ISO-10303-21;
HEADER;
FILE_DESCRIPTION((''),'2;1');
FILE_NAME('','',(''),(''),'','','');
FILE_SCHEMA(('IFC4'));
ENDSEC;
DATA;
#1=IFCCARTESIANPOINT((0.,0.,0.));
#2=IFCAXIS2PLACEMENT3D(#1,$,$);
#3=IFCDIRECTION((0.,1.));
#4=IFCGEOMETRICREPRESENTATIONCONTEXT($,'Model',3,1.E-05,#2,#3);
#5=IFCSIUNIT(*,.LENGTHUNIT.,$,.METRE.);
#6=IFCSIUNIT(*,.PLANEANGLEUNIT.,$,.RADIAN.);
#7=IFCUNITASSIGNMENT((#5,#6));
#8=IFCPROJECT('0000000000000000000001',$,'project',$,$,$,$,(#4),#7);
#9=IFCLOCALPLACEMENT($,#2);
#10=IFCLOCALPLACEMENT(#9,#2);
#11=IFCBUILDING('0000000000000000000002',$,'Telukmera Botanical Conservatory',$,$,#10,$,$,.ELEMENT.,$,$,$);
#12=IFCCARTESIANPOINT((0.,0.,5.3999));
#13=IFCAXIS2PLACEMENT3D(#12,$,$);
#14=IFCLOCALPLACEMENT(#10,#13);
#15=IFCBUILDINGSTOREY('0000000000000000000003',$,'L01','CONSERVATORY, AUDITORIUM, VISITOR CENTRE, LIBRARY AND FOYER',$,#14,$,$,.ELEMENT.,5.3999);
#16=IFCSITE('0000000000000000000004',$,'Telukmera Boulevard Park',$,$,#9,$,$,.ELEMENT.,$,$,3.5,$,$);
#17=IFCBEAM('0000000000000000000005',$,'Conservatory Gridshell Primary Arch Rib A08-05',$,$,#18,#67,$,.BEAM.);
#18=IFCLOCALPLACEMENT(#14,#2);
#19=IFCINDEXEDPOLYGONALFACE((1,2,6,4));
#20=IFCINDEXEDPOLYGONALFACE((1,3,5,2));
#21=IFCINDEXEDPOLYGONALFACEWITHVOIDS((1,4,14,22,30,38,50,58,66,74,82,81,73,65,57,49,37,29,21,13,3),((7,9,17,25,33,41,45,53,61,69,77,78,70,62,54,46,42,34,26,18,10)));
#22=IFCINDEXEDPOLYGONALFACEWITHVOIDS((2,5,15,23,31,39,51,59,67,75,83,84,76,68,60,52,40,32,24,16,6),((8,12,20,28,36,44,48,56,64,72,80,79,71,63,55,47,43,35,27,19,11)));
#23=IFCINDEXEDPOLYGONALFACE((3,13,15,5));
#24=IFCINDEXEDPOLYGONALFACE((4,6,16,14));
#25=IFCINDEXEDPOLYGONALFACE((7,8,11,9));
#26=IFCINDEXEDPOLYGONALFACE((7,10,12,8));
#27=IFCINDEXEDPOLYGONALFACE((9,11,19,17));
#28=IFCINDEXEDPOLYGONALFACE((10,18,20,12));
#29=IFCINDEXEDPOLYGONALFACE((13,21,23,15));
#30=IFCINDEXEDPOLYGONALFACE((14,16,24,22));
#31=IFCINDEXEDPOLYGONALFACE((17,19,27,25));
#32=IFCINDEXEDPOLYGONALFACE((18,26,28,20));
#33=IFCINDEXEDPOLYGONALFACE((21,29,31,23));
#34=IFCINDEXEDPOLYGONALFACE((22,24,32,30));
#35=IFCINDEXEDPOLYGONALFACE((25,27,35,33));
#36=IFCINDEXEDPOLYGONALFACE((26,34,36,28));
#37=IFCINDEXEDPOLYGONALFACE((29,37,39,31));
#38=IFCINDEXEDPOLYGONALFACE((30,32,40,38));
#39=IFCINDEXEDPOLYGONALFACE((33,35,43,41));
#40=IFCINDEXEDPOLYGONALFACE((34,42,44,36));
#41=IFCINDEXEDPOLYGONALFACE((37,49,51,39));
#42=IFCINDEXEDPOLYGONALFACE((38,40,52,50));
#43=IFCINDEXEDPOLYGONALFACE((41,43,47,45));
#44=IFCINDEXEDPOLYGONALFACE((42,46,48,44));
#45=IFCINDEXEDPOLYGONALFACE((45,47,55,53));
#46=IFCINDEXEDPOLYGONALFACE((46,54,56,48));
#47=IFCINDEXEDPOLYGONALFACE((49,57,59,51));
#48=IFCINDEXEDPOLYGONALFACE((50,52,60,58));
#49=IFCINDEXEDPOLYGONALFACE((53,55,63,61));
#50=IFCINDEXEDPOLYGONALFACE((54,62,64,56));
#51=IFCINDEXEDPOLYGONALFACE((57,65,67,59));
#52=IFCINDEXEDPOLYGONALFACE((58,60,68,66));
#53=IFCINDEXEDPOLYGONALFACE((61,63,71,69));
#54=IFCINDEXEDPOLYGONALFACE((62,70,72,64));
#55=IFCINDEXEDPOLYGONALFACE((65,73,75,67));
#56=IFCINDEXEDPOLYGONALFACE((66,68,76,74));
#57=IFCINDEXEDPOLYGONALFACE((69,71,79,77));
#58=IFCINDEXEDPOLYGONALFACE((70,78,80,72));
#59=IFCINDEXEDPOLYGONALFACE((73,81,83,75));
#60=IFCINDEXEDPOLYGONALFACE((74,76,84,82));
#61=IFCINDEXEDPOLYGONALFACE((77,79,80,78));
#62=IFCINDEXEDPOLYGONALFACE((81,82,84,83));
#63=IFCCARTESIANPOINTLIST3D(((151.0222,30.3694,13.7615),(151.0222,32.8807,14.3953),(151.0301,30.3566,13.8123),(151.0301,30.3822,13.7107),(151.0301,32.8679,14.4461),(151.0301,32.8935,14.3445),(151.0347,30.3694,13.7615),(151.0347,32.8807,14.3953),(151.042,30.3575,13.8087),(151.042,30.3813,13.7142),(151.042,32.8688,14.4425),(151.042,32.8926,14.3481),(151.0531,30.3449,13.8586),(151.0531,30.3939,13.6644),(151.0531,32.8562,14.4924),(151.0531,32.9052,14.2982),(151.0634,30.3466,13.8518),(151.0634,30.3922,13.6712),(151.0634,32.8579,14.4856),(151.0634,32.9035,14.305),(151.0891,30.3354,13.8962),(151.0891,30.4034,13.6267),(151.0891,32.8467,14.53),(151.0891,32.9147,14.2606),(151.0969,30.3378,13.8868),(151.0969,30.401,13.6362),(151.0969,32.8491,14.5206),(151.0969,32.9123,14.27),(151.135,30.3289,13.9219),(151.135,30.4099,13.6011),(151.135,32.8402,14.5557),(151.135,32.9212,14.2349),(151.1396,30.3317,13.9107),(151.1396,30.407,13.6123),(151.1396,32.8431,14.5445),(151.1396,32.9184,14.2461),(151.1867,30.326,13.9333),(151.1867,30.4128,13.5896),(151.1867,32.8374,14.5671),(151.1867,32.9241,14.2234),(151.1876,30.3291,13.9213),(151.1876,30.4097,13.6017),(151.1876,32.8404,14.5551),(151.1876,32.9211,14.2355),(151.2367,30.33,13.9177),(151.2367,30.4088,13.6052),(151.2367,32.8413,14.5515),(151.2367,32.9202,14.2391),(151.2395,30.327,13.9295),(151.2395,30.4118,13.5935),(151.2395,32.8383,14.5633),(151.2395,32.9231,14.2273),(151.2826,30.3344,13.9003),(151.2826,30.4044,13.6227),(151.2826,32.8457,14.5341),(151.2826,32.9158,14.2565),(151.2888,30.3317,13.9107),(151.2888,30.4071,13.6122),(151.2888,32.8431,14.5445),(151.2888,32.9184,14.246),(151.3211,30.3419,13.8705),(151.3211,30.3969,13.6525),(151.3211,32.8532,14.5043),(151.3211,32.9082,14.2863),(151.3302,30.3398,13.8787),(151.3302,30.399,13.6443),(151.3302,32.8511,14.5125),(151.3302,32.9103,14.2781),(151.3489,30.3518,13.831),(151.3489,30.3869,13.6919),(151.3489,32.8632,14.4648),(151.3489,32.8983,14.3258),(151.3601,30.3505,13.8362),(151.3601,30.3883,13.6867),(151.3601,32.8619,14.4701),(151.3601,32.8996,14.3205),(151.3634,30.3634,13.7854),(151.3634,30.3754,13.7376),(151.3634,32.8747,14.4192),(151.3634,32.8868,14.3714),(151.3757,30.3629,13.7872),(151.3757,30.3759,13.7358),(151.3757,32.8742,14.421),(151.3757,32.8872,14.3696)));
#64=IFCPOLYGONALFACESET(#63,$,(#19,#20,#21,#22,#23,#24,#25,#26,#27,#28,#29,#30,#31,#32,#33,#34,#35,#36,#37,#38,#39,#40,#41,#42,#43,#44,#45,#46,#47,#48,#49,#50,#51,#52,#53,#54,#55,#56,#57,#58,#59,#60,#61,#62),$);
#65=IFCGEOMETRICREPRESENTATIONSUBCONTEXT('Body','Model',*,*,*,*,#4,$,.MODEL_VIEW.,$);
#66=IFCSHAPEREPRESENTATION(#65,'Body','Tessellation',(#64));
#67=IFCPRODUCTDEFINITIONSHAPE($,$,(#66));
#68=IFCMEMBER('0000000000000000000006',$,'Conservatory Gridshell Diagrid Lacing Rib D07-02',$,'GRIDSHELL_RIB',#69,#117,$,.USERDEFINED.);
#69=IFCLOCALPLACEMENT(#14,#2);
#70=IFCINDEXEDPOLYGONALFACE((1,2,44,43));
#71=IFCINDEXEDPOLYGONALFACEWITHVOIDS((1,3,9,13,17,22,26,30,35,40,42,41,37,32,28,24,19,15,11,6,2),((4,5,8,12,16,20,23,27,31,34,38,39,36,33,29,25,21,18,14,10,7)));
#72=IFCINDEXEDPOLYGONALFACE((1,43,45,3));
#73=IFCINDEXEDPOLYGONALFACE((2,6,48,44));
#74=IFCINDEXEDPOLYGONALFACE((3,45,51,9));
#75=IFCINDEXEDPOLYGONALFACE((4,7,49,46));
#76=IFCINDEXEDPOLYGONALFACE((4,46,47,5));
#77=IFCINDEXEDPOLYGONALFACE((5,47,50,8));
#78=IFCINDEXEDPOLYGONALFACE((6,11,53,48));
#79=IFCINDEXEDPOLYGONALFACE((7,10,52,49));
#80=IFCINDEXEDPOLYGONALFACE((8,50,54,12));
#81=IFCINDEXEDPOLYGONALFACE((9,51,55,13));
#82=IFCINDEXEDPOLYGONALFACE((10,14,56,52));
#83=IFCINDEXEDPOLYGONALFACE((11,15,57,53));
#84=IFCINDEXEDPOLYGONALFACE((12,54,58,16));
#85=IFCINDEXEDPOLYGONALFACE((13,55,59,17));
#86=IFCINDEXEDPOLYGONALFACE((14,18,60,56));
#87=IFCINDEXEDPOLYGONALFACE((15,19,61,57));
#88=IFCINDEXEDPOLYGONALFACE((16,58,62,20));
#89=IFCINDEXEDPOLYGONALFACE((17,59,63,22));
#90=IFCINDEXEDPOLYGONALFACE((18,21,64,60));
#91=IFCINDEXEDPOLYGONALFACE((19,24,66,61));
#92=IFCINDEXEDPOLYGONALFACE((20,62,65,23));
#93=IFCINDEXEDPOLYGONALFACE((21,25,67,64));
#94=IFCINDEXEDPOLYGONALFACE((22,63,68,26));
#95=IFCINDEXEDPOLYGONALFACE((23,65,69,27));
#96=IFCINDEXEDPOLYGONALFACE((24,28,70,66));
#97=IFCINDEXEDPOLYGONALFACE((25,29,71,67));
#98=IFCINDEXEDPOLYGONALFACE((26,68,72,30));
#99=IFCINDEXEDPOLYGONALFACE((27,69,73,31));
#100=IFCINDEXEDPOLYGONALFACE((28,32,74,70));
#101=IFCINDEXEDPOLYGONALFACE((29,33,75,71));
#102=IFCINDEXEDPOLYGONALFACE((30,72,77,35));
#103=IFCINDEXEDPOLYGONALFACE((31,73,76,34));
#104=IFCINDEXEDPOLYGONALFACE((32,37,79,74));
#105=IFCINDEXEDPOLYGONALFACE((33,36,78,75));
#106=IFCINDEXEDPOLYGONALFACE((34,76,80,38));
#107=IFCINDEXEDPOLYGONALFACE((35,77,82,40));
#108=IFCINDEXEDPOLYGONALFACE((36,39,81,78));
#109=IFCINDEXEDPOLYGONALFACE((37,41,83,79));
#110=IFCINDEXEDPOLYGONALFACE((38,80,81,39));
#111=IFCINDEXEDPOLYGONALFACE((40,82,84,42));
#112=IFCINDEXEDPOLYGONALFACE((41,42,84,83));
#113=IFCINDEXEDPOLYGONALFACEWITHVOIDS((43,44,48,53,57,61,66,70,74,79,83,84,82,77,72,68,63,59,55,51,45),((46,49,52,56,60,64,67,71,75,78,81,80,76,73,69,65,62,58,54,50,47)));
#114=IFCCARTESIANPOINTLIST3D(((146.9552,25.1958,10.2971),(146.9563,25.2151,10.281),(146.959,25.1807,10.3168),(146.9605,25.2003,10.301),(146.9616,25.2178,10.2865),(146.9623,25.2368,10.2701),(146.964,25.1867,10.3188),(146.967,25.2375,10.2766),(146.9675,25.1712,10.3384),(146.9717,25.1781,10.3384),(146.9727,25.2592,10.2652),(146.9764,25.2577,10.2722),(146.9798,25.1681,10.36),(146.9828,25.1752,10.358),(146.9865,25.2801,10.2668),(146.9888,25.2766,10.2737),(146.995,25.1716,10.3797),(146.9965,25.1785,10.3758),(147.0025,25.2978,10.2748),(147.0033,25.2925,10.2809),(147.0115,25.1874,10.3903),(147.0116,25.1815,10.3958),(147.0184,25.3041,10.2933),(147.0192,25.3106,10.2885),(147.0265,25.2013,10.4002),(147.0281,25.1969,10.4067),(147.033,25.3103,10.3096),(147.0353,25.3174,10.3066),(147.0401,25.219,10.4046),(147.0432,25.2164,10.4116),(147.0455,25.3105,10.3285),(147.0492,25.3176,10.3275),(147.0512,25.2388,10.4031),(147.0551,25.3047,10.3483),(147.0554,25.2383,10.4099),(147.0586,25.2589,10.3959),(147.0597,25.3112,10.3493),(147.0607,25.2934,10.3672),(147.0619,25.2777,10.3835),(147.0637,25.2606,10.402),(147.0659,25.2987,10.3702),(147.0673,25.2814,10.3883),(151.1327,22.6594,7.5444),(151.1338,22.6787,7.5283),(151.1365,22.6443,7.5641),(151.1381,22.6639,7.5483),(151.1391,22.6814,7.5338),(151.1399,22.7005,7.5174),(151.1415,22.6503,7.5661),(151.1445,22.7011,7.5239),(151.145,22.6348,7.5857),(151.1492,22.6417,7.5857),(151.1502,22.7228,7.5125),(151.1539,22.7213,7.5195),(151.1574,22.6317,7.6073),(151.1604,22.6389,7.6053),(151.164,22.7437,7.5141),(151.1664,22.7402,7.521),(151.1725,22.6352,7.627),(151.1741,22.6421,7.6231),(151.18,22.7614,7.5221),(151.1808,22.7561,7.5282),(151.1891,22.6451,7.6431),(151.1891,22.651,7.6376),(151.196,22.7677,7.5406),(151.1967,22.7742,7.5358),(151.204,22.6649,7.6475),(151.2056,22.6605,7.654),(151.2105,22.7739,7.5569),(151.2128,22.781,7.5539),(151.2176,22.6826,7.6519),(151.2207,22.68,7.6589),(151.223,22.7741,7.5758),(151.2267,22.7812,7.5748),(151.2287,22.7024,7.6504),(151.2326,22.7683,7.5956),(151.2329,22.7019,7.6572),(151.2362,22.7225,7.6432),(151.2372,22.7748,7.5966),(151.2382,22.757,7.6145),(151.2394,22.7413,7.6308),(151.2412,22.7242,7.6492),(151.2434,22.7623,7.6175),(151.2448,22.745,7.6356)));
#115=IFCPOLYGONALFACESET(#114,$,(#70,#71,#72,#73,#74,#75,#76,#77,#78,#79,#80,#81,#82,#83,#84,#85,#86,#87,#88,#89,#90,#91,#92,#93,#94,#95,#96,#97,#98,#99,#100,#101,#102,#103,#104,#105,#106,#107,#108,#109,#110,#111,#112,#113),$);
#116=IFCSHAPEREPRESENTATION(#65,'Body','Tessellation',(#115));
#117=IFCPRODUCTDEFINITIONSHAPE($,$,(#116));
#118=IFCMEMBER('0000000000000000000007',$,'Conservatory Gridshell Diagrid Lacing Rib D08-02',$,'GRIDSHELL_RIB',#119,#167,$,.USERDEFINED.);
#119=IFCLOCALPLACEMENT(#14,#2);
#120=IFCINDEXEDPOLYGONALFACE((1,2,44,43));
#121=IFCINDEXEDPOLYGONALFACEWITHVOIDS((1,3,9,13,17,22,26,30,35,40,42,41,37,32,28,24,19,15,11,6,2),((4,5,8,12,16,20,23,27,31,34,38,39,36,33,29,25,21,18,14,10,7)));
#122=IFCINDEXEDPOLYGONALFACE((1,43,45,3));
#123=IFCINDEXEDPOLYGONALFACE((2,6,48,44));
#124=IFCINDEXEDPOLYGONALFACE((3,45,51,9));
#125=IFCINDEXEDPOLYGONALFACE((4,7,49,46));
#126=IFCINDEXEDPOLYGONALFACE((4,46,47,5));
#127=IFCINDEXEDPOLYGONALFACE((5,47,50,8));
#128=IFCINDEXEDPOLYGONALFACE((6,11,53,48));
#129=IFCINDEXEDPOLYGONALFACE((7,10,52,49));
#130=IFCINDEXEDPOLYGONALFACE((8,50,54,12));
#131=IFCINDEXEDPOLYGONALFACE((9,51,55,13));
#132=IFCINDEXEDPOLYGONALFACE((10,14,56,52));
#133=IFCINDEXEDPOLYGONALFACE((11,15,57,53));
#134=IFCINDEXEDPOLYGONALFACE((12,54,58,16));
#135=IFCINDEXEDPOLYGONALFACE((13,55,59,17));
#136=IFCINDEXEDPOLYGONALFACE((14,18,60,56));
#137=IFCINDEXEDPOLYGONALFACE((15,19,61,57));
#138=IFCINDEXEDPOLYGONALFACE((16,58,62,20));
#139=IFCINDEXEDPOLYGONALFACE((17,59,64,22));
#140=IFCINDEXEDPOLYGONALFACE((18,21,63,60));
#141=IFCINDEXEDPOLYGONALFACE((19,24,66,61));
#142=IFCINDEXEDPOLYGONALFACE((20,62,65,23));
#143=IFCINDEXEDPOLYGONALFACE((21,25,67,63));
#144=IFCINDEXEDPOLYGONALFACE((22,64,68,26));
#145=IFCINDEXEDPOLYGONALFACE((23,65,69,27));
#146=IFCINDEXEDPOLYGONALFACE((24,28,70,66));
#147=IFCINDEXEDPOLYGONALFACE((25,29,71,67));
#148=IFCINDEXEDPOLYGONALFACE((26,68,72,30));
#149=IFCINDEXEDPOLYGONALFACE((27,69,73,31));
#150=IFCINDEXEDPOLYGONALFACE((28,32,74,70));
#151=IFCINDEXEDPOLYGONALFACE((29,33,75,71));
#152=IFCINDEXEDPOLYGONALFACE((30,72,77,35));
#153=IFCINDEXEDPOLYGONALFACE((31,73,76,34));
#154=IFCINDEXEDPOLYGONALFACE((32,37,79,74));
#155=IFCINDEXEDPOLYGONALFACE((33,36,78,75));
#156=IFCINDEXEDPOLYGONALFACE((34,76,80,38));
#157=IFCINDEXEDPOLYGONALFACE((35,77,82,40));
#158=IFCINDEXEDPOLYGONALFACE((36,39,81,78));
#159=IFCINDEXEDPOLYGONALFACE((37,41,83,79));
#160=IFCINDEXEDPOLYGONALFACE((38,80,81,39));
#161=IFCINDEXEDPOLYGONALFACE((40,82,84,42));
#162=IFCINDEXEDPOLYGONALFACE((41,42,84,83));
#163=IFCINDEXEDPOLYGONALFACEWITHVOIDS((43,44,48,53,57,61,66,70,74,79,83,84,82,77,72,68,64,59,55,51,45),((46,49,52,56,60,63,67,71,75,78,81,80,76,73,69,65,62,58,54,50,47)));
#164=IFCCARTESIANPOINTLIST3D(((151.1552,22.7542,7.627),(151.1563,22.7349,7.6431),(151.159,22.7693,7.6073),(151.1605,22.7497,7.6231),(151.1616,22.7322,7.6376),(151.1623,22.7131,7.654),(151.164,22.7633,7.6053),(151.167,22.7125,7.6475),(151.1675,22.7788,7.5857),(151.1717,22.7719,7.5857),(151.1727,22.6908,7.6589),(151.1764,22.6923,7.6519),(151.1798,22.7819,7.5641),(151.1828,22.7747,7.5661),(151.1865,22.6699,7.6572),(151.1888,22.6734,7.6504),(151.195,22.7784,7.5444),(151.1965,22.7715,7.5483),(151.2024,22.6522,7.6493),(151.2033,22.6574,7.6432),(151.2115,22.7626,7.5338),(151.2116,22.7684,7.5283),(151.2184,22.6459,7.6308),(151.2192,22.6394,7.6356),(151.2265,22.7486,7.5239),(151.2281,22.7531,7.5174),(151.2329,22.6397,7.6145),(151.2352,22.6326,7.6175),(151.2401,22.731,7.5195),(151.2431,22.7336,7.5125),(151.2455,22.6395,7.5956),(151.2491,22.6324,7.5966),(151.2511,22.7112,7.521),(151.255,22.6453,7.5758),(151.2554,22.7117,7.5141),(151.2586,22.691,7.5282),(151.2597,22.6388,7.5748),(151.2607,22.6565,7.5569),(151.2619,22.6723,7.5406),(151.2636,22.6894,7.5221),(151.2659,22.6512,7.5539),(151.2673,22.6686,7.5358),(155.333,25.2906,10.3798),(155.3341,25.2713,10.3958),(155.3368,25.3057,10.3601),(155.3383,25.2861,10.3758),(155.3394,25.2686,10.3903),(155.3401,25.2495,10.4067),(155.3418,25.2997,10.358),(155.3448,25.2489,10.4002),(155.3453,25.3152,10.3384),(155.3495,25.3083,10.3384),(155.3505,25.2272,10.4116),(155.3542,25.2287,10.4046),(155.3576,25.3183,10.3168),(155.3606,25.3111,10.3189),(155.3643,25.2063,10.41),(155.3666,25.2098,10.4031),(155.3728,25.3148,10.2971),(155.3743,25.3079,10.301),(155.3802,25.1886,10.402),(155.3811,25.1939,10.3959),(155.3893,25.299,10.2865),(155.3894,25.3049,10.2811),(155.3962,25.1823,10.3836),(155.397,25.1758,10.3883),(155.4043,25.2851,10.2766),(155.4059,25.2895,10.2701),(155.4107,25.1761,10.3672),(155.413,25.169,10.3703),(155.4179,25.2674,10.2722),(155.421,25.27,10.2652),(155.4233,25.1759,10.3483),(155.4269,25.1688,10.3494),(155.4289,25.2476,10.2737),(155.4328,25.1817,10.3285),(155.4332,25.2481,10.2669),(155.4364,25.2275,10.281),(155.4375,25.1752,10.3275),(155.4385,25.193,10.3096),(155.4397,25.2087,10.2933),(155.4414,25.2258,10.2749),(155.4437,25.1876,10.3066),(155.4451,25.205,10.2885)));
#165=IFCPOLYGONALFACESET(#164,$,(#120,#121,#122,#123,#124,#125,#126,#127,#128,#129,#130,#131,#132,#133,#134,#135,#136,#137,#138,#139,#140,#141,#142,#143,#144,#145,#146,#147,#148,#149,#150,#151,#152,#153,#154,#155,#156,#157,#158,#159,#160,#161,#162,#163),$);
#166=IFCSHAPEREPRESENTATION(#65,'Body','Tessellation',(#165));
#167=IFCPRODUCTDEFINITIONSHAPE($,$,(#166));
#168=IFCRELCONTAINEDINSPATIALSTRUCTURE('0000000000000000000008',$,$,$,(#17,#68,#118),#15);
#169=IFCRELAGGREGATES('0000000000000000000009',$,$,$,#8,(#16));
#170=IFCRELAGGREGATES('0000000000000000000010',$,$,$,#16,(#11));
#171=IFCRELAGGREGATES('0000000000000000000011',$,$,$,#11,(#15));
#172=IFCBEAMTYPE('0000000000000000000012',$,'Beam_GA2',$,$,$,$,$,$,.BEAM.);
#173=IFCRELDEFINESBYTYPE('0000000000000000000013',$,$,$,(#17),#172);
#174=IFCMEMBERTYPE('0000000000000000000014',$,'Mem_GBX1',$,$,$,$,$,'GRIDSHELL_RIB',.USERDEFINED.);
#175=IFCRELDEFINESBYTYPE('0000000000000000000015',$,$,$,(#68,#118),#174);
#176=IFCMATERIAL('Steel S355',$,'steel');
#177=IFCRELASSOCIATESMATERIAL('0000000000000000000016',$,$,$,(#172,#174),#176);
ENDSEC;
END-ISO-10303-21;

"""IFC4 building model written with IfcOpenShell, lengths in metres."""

from ifc_helpers import new_model, si_unit, direction, frame, origin, origin_2d, place, context, subcontext, project, spatial, hollow_circle, extrude, material, material_profile, profile_set, type_object, element, save


model = new_model("IFC4")

# Units and contexts
model_context = context("Model", 3, precision=1e-05, world=origin(), true_north=direction((0.0, 1.0)))
body_context = subcontext(model_context, "Body", "Model", "MODEL_VIEW")
ifc_project = project(units=[si_unit("LENGTHUNIT", "METRE"), si_unit("PLANEANGLEUNIT", "RADIAN")], contexts=[model_context])

# Site, building, storey
site_placement = place(None, origin())
site = spatial("IfcSite", under=ifc_project, at=site_placement, Name="Telukmera Boulevard Park", CompositionType="ELEMENT", RefElevation=3.5)
building_placement = place(site_placement, origin())
building = spatial("IfcBuilding", under=site, at=building_placement, Name="Telukmera Botanical Conservatory", CompositionType="ELEMENT")
storey_placement = place(building_placement, frame((0.0, 0.0, 5.3999)))
storey = spatial("IfcBuildingStorey", under=building, at=storey_placement, Name="L01", Description="CONSERVATORY, AUDITORIUM, VISITOR CENTRE, LIBRARY AND FOYER", CompositionType="ELEMENT", Elevation=5.3999)

# Beam
ifc_material = material(Name="Steel S355", Category="steel")
ifc_material_profile_1 = material_profile(ifc_material, hollow_circle(Radius=0.1777, WallThickness=0.0125, at=origin_2d()), Name="CHS 355.6x12.5")
ifc_profile_set_1 = profile_set([ifc_material_profile_1], Name="Steel S355")
beam_type = type_object("IfcBeamType", Name="Beam_GA2", PredefinedType="BEAM", material=ifc_profile_set_1)
beam_1_placement = place(storey_placement, frame((151.2, 30.3694, 13.7615), z_axis=(0.0, 0.969597, 0.244709), x_axis=(-1.0, 0.0, 0.0)))
element("IfcBeam", 1, at=beam_1_placement, inside=storey, type_object=beam_type, Name="Conservatory Gridshell Primary Arch Rib A08-05", PredefinedType="BEAM", context=body_context, shape_type="SweptSolid", body=[
    extrude(hollow_circle(Radius=0.1777, WallThickness=0.0125, at=origin_2d()), origin(), (0.0, 0.0, 1.0), 2.5901),
])

# Members
ifc_material_profile_2 = material_profile(ifc_material, hollow_circle(Radius=0.0842, WallThickness=0.0081, at=origin_2d()), Name="CHS 168.3x8.0")
ifc_profile_set_2 = profile_set([ifc_material_profile_2], Name="Steel S355")
member_type_1 = type_object("IfcMemberType", Name="Mem_GBX1", ElementType="GRIDSHELL_RIB", PredefinedType="USERDEFINED", material=ifc_profile_set_2)
member_1_placement = place(storey_placement, frame((151.1887, 22.7068, 7.5857), z_axis=(-0.744771, 0.45219, 0.490754), x_axis=(-0.518985, -0.854784, 0.0)))
element("IfcMember", 2, at=member_1_placement, inside=storey, type_object=member_type_1, Name="Conservatory Gridshell Diagrid Lacing Rib D07-02", ObjectType="GRIDSHELL_RIB", PredefinedType="USERDEFINED", context=body_context, shape_type="SweptSolid", body=[
    extrude(hollow_circle(Radius=0.0842, WallThickness=0.0081, at=origin_2d()), origin(), (0.0, 0.0, 1.0), 5.6091),
])
member_2_placement = place(storey_placement, frame((151.2112, 22.7068, 7.5857), z_axis=(0.744791, 0.452176, 0.490738), x_axis=(-0.518962, 0.854797, 0.0)))
element("IfcMember", 3, at=member_2_placement, inside=storey, type_object=member_type_1, Name="Conservatory Gridshell Diagrid Lacing Rib D08-02", ObjectType="GRIDSHELL_RIB", PredefinedType="USERDEFINED", context=body_context, shape_type="SweptSolid", body=[
    extrude(hollow_circle(Radius=0.0842, WallThickness=0.0081, at=origin_2d()), origin(), (0.0, 0.0, 1.0), 5.6094),
])

save(model, "model.ifc")
